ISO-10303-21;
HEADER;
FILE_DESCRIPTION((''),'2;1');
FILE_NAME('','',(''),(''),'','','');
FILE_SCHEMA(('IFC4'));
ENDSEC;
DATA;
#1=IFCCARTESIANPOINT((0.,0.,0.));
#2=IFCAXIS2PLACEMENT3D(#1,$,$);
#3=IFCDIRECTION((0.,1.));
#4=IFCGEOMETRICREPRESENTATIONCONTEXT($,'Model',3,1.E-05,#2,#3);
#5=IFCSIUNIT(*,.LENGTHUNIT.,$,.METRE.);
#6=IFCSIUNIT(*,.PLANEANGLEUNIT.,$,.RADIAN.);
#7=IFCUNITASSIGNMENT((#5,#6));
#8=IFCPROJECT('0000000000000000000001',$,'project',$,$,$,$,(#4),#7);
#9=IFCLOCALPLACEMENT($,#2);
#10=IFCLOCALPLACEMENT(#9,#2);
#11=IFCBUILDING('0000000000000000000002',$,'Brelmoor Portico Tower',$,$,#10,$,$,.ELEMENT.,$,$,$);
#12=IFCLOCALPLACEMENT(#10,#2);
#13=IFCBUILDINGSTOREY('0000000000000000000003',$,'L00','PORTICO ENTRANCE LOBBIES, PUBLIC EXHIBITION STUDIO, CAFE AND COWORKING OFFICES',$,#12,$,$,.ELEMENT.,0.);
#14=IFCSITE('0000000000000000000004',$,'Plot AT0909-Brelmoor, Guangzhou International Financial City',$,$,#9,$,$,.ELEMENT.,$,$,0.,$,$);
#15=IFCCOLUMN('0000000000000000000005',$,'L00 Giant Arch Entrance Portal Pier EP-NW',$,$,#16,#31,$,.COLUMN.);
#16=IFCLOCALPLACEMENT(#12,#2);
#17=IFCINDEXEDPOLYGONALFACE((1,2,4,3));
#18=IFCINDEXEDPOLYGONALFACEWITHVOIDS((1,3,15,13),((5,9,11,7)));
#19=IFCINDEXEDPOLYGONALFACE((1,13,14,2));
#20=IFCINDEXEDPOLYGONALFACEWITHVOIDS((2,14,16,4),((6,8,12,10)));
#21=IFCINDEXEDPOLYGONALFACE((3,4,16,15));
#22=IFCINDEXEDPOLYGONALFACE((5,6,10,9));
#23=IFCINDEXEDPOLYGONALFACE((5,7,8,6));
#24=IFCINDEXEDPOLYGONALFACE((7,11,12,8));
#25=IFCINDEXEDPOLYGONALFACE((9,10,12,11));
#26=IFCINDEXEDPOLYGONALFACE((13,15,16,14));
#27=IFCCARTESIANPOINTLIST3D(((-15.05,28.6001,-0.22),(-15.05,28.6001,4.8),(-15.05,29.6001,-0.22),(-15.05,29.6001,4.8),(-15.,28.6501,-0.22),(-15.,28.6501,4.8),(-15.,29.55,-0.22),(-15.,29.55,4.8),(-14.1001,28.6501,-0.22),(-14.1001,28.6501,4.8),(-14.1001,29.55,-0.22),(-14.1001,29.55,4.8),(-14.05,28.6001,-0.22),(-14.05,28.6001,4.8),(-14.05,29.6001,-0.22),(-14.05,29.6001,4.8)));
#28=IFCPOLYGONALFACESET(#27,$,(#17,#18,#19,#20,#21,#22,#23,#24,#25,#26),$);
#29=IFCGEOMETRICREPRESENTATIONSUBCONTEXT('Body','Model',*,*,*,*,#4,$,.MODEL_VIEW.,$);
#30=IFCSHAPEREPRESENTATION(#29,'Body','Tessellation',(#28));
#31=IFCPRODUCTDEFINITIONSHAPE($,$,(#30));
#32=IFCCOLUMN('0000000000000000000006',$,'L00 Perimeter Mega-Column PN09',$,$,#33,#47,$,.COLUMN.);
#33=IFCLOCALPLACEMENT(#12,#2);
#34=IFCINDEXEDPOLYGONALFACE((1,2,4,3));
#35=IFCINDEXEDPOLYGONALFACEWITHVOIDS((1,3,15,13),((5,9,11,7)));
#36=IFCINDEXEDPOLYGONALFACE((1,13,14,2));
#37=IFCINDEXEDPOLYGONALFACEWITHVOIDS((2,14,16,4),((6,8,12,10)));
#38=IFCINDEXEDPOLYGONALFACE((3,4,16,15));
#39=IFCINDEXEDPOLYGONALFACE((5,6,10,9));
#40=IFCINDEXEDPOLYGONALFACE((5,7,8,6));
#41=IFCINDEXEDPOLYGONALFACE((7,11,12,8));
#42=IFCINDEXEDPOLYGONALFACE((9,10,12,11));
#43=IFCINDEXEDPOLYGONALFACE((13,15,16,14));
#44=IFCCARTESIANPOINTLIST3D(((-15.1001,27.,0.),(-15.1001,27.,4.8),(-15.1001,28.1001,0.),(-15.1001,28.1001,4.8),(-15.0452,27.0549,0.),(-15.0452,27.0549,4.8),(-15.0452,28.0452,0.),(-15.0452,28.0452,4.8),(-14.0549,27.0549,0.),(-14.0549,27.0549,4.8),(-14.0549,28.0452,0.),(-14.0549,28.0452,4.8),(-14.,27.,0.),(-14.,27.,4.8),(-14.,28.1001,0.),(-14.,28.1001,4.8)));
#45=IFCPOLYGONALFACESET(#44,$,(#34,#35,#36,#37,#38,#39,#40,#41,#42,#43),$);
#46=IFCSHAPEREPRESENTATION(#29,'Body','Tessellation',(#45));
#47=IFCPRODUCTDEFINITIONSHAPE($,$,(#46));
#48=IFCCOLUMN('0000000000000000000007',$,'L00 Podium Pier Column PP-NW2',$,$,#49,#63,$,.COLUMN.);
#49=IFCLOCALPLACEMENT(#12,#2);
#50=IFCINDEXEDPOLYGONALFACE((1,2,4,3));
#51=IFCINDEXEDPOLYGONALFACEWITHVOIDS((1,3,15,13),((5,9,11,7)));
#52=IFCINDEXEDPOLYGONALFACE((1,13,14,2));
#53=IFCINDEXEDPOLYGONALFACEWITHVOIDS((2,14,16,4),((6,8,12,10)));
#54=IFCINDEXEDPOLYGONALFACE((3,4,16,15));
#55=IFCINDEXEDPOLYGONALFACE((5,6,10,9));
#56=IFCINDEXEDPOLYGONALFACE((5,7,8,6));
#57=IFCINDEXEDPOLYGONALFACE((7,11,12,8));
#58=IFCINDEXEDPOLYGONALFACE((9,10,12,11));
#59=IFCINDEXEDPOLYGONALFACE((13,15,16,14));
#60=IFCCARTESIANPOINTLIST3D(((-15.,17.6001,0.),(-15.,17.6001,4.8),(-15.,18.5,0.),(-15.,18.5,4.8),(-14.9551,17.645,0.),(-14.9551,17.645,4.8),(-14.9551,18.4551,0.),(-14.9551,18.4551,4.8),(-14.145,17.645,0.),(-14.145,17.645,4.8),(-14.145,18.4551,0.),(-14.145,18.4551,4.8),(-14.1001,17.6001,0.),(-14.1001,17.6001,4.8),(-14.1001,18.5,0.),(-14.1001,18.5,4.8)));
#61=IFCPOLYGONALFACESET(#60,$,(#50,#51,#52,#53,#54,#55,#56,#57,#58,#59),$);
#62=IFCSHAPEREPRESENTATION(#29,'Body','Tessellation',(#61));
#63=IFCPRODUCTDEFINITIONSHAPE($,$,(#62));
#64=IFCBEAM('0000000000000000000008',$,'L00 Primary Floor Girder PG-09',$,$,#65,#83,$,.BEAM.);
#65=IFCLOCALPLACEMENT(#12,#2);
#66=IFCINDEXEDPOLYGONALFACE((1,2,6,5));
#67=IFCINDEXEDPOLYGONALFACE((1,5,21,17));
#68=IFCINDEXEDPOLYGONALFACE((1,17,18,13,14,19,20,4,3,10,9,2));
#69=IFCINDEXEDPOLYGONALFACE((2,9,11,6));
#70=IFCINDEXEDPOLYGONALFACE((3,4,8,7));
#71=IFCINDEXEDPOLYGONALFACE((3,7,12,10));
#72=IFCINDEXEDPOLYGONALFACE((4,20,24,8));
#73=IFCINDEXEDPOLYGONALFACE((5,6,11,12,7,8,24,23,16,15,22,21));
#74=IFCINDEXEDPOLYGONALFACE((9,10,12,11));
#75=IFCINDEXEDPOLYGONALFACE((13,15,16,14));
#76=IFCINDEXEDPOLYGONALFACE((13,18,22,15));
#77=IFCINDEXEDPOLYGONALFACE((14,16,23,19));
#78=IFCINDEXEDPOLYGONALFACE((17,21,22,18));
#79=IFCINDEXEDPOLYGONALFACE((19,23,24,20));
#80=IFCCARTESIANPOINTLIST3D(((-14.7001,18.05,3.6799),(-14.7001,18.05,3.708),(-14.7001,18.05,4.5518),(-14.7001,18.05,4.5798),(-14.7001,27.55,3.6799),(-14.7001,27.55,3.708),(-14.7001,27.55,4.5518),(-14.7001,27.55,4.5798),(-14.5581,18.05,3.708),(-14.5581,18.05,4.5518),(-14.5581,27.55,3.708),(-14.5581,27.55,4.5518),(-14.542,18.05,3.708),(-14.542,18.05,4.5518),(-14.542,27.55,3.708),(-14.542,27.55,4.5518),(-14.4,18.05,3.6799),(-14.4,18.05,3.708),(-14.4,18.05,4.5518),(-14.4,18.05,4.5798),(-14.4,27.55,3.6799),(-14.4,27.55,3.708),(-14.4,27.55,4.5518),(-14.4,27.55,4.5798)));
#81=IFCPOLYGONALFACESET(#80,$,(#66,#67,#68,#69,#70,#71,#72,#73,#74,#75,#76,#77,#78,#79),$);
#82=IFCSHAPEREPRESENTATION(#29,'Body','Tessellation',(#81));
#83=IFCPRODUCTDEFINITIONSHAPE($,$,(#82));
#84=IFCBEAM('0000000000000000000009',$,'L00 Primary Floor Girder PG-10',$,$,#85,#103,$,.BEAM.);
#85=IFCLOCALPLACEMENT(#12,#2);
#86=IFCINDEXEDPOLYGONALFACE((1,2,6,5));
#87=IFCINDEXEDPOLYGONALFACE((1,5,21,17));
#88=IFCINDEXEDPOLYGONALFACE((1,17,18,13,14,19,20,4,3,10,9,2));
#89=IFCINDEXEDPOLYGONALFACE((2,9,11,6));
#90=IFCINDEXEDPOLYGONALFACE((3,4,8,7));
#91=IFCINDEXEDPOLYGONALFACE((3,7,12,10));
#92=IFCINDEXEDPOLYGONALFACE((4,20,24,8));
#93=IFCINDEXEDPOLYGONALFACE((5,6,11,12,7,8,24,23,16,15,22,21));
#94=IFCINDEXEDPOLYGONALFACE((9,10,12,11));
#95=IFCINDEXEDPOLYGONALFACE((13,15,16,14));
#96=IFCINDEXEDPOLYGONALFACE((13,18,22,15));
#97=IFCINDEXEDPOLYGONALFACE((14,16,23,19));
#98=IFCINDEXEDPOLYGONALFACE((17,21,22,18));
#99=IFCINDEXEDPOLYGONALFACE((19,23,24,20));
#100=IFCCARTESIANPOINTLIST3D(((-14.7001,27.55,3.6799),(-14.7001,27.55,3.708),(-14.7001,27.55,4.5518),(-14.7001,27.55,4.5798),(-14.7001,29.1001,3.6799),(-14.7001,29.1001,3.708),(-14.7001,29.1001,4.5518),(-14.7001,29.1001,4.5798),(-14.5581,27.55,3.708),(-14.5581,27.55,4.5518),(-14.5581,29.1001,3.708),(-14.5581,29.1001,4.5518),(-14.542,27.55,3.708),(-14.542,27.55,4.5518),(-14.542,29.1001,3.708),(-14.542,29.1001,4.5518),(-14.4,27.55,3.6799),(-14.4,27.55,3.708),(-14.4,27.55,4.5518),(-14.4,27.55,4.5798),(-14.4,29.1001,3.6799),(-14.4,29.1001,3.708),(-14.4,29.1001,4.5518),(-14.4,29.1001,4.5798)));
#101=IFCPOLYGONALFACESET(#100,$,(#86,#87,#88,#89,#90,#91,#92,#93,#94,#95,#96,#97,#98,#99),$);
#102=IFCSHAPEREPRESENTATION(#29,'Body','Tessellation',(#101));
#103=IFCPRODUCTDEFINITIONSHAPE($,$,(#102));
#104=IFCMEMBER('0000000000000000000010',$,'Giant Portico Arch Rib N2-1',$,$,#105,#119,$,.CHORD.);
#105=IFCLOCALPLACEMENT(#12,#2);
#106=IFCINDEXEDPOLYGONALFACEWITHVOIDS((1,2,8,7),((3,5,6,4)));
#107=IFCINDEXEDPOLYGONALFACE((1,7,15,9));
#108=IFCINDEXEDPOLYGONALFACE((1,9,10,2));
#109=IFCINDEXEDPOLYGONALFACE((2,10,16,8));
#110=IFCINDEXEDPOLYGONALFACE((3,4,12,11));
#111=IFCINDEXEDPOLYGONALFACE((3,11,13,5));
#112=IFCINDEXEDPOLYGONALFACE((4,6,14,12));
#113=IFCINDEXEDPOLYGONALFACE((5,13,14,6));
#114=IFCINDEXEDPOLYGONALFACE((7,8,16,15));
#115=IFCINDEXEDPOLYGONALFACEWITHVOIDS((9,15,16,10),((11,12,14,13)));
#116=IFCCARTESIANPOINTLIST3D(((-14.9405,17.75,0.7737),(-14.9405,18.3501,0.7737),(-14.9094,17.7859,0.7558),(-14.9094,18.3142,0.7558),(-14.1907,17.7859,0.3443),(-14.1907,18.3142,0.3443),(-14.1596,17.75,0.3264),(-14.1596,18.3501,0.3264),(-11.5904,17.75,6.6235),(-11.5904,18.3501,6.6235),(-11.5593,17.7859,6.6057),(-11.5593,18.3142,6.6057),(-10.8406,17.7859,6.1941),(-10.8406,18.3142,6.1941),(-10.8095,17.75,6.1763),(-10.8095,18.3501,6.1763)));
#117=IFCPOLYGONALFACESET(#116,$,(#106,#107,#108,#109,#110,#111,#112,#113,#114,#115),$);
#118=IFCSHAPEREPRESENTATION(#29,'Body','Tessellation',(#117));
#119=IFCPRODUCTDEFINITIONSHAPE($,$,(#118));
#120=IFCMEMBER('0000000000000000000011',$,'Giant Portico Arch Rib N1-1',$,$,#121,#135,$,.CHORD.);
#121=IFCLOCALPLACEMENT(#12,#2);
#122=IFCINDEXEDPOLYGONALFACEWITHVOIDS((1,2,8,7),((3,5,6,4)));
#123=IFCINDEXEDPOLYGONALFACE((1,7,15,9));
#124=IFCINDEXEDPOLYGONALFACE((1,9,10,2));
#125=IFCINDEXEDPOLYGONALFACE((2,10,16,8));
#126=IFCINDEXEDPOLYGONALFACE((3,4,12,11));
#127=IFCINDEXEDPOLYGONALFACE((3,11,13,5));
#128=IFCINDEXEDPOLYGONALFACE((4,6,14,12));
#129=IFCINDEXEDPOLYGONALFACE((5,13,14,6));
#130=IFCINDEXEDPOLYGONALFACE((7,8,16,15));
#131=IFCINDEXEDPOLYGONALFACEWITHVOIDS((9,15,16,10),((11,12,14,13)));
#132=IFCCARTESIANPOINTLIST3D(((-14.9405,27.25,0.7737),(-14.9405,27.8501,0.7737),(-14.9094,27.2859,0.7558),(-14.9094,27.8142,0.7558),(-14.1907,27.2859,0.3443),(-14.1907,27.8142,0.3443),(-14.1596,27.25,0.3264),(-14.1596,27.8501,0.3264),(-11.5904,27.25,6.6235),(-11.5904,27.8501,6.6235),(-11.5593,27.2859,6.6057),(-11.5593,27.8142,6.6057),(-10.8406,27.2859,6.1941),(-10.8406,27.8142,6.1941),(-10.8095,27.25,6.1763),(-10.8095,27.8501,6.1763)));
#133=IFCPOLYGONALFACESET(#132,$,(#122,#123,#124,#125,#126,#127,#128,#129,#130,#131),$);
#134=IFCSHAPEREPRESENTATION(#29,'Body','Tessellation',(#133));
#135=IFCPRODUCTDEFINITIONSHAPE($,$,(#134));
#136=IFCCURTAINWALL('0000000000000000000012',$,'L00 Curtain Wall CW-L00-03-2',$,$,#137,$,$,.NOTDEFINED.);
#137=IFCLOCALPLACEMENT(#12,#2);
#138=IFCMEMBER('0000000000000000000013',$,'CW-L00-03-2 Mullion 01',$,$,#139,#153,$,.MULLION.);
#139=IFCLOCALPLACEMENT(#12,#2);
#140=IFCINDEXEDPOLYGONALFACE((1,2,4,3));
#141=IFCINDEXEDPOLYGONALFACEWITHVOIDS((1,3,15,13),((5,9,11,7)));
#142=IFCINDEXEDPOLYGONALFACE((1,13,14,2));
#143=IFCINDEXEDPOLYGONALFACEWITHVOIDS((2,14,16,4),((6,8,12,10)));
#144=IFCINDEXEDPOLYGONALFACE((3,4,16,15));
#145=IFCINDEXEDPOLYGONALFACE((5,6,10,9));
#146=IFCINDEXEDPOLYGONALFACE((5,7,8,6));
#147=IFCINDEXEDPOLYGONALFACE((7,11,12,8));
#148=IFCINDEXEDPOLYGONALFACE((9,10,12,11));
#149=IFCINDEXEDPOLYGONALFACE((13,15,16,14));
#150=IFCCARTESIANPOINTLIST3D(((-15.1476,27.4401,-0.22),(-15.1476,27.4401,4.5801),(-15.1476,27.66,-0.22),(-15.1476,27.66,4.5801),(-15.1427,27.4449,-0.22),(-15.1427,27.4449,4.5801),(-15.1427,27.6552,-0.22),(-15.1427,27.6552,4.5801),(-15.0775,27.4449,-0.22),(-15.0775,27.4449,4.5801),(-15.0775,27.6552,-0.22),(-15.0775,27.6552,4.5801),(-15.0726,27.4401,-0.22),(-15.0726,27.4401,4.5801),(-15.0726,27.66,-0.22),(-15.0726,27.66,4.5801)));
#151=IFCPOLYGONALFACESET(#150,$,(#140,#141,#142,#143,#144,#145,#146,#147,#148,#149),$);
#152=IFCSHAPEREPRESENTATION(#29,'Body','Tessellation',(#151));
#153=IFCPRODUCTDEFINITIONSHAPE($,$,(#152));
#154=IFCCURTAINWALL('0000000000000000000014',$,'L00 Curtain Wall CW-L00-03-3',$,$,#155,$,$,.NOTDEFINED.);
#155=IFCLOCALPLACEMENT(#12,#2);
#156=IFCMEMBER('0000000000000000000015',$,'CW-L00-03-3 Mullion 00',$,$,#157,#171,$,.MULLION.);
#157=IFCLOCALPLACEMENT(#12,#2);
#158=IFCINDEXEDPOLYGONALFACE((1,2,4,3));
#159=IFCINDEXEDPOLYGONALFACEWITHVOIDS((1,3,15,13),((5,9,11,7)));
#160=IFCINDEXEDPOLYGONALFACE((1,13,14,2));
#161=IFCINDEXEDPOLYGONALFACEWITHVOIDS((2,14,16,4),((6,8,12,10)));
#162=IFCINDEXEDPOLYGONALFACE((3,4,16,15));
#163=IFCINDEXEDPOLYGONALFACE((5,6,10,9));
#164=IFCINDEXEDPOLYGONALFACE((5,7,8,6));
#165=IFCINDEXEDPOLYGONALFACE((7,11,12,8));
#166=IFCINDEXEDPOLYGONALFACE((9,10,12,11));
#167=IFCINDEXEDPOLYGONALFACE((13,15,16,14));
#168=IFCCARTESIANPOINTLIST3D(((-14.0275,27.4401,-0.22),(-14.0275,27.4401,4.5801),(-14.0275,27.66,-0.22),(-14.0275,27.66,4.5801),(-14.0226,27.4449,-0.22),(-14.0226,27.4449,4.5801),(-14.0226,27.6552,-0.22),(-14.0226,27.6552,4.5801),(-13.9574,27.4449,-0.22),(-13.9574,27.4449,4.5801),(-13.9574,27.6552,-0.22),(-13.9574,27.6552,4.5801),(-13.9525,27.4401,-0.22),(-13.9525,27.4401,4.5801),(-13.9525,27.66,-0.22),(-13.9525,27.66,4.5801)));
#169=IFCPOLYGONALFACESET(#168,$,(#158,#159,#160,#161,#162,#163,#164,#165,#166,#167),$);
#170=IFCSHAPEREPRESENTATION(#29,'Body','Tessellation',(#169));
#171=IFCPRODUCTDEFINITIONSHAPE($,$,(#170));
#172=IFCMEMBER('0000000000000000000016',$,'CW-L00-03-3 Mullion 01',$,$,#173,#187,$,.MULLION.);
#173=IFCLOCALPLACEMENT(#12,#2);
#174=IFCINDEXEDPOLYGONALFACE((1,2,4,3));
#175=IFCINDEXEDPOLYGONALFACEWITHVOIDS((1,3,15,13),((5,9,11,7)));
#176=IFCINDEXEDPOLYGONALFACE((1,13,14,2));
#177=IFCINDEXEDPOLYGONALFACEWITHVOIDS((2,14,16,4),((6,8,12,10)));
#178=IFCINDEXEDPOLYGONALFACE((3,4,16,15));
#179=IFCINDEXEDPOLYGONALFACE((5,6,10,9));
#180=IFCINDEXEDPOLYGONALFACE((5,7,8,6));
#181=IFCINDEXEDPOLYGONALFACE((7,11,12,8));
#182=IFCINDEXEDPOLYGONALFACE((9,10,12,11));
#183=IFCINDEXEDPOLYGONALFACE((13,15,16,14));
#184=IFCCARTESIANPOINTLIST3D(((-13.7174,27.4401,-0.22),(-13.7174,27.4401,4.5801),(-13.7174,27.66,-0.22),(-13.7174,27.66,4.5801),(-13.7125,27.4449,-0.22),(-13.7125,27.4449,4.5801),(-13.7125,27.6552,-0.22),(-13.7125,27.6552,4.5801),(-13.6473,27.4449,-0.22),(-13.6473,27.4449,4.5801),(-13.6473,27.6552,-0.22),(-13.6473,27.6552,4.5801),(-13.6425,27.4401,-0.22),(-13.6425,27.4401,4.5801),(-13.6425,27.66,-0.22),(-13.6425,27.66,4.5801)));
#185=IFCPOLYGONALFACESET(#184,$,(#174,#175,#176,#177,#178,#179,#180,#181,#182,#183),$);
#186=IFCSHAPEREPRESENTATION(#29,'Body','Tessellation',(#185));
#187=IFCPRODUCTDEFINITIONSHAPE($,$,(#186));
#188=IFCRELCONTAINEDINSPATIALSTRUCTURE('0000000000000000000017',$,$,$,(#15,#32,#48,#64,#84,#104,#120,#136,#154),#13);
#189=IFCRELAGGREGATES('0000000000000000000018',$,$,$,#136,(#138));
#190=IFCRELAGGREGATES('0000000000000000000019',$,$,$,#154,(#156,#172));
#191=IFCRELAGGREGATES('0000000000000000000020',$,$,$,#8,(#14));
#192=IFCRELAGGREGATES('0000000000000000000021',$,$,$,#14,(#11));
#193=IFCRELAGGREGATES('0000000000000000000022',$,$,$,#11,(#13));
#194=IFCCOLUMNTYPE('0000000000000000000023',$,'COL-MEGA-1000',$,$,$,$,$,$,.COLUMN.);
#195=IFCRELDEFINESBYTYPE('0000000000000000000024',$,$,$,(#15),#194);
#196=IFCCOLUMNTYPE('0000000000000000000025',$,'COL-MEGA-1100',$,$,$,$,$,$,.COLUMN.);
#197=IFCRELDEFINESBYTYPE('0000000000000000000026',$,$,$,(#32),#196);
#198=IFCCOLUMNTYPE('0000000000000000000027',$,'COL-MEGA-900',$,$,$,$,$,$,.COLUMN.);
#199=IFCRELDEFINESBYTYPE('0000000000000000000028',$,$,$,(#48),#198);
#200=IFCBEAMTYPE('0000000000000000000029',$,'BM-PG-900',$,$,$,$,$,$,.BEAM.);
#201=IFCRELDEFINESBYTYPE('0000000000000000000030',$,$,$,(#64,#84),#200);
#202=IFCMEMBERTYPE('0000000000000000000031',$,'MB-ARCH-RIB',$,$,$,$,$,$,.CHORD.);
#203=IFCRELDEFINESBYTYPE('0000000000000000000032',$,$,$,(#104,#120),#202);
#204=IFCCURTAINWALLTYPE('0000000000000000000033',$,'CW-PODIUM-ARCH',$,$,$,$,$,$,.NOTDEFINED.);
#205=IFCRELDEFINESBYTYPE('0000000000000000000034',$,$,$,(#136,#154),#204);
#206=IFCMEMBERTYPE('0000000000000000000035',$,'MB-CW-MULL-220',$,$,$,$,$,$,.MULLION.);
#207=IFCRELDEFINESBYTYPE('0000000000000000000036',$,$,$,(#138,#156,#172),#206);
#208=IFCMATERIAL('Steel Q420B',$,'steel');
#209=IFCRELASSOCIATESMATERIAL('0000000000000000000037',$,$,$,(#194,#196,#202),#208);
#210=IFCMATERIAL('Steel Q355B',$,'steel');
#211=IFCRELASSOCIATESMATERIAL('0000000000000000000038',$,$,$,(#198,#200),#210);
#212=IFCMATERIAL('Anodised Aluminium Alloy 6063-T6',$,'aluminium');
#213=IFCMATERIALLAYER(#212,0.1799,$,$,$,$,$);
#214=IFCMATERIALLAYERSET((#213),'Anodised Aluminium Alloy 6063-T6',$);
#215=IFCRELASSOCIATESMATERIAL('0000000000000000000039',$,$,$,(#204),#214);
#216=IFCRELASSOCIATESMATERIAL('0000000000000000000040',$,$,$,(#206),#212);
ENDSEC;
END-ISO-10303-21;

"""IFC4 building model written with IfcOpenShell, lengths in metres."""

from ifc_helpers import new_model, si_unit, direction, frame, origin, origin_2d, place, context, subcontext, project, spatial, hollow_rectangle, i_section, extrude, material, layer, layer_set, material_profile, profile_set, type_object, element, aggregate, save


model = new_model("IFC4")

# Units and contexts
model_context = context("Model", 3, precision=1e-05, world=origin(), true_north=direction((0.0, 1.0)))
body_context = subcontext(model_context, "Body", "Model", "MODEL_VIEW")
ifc_project = project(units=[si_unit("LENGTHUNIT", "METRE"), si_unit("PLANEANGLEUNIT", "RADIAN")], contexts=[model_context])

# Site, building, storey
site_placement = place(None, origin())
site = spatial("IfcSite", under=ifc_project, at=site_placement, Name="Plot AT0909-Brelmoor, Guangzhou International Financial City", CompositionType="ELEMENT", RefElevation=0.0)
building_placement = place(site_placement, origin())
building = spatial("IfcBuilding", under=site, at=building_placement, Name="Brelmoor Portico Tower", CompositionType="ELEMENT")
storey_placement = place(building_placement, origin())
storey = spatial("IfcBuildingStorey", under=building, at=storey_placement, Name="L00", Description="PORTICO ENTRANCE LOBBIES, PUBLIC EXHIBITION STUDIO, CAFE AND COWORKING OFFICES", CompositionType="ELEMENT", Elevation=0.0)

# Columns
ifc_material_1 = material(Name="Steel Q420B", Category="steel")
ifc_material_profile_1 = material_profile(ifc_material_1, hollow_rectangle(XDim=1.0, YDim=1.0, WallThickness=0.05, at=origin_2d()), Name="BOX 1000x1000x50")
ifc_profile_set_1 = profile_set([ifc_material_profile_1], Name="Steel Q420B")
column_type_1 = type_object("IfcColumnType", Name="COL-MEGA-1000", PredefinedType="COLUMN", material=ifc_profile_set_1)
column_1_placement = place(storey_placement, frame((-14.55, 29.1001, -0.22), z_axis=(0.0, 0.0, 1.0), x_axis=(1.0, 0.0, 0.0)))
element("IfcColumn", 1, at=column_1_placement, inside=storey, type_object=column_type_1, Name="L00 Giant Arch Entrance Portal Pier EP-NW", PredefinedType="COLUMN", context=body_context, shape_type="SweptSolid", body=[
    extrude(hollow_rectangle(XDim=1.0, YDim=1.0, WallThickness=0.05, at=origin_2d()), origin(), (0.0, 0.0, 1.0), 5.02),
])
ifc_material_profile_2 = material_profile(ifc_material_1, hollow_rectangle(XDim=1.1001, YDim=1.1001, WallThickness=0.0549, at=origin_2d()), Name="BOX 1100x1100x55")
ifc_profile_set_2 = profile_set([ifc_material_profile_2], Name="Steel Q420B")
column_type_2 = type_object("IfcColumnType", Name="COL-MEGA-1100", PredefinedType="COLUMN", material=ifc_profile_set_2)
column_2_placement = place(storey_placement, frame((-14.55, 27.55, 0.0), z_axis=(0.0, 0.0, 1.0), x_axis=(1.0, 0.0, 0.0)))
element("IfcColumn", 2, at=column_2_placement, inside=storey, type_object=column_type_2, Name="L00 Perimeter Mega-Column PN09", PredefinedType="COLUMN", context=body_context, shape_type="SweptSolid", body=[
    extrude(hollow_rectangle(XDim=1.1001, YDim=1.1001, WallThickness=0.0549, at=origin_2d()), origin(), (0.0, 0.0, 1.0), 4.8),
])
ifc_material_2 = material(Name="Steel Q355B", Category="steel")
ifc_material_profile_3 = material_profile(ifc_material_2, hollow_rectangle(XDim=0.8999, YDim=0.8999, WallThickness=0.0449, at=origin_2d()), Name="BOX 900x900x45")
ifc_profile_set_3 = profile_set([ifc_material_profile_3], Name="Steel Q355B")
column_type_3 = type_object("IfcColumnType", Name="COL-MEGA-900", PredefinedType="COLUMN", material=ifc_profile_set_3)
column_3_placement = place(storey_placement, frame((-14.55, 18.05, 0.0), z_axis=(0.0, 0.0, 1.0), x_axis=(1.0, 0.0, 0.0)))
element("IfcColumn", 3, at=column_3_placement, inside=storey, type_object=column_type_3, Name="L00 Podium Pier Column PP-NW2", PredefinedType="COLUMN", context=body_context, shape_type="SweptSolid", body=[
    extrude(hollow_rectangle(XDim=0.8999, YDim=0.8999, WallThickness=0.0449, at=origin_2d()), origin(), (0.0, 0.0, 1.0), 4.8),
])

# Beams
ifc_material_profile_4 = material_profile(ifc_material_2, i_section(OverallWidth=0.3, OverallDepth=0.8999, WebThickness=0.0161, FlangeThickness=0.0281, at=origin_2d()), Name="HN 900x300x16x28")
ifc_profile_set_4 = profile_set([ifc_material_profile_4], Name="Steel Q355B")
beam_type = type_object("IfcBeamType", Name="BM-PG-900", PredefinedType="BEAM", material=ifc_profile_set_4)
beam_1_placement = place(storey_placement, frame((-14.55, 18.05, 4.1299), z_axis=(0.0, 1.0, 0.0), x_axis=(-1.0, 0.0, 0.0)))
element("IfcBeam", 4, at=beam_1_placement, inside=storey, type_object=beam_type, Name="L00 Primary Floor Girder PG-09", PredefinedType="BEAM", context=body_context, shape_type="SweptSolid", body=[
    extrude(i_section(OverallWidth=0.3, OverallDepth=0.8999, WebThickness=0.0161, FlangeThickness=0.0281, at=origin_2d()), origin(), (0.0, 0.0, 1.0), 9.5),
])
beam_2_placement = place(storey_placement, frame((-14.55, 27.55, 4.1299), z_axis=(0.0, 1.0, 0.0), x_axis=(-1.0, 0.0, 0.0)))
element("IfcBeam", 5, at=beam_2_placement, inside=storey, type_object=beam_type, Name="L00 Primary Floor Girder PG-10", PredefinedType="BEAM", context=body_context, shape_type="SweptSolid", body=[
    extrude(i_section(OverallWidth=0.3, OverallDepth=0.8999, WebThickness=0.0161, FlangeThickness=0.0281, at=origin_2d()), origin(), (0.0, 0.0, 1.0), 1.55),
])

# Members
ifc_material_profile_5 = material_profile(ifc_material_1, hollow_rectangle(XDim=0.6001, YDim=0.8999, WallThickness=0.0359, at=origin_2d()), Name="RHS 600x900x36")
ifc_profile_set_5 = profile_set([ifc_material_profile_5], Name="Steel Q420B")
member_type_1 = type_object("IfcMemberType", Name="MB-ARCH-RIB", PredefinedType="CHORD", material=ifc_profile_set_5)
for number, where, z_axis, x_axis, name in (
    (6, (-14.55, 18.05, 0.55), (0.496958, 0.0, 0.867775), (0.0, 1.0, 0.0), "Giant Portico Arch Rib N2-1"),
    (7, (-14.55, 27.55, 0.55), (0.496958, 0.0, 0.867775), (0.0, 1.0, 0.0), "Giant Portico Arch Rib N1-1"),
):
    element("IfcMember", number, at=place(storey_placement, frame(where, z_axis=z_axis, x_axis=x_axis)), inside=storey, type_object=member_type_1, Name=name, PredefinedType="CHORD", context=body_context, shape_type="SweptSolid", body=[
        extrude(hollow_rectangle(XDim=0.6001, YDim=0.8999, WallThickness=0.0359, at=origin_2d()), origin(), (0.0, 0.0, 1.0), 6.7412),
    ])

# Curtain wall, member
ifc_material_3 = material(Name="Anodised Aluminium Alloy 6063-T6", Category="aluminium")
ifc_layer_1 = layer(ifc_material_3, 0.1799)
ifc_layer_set_1 = layer_set([ifc_layer_1], Name="Anodised Aluminium Alloy 6063-T6")
curtain_wall_type = type_object("IfcCurtainWallType", Name="CW-PODIUM-ARCH", PredefinedType="NOTDEFINED", material=ifc_layer_set_1)
curtain_wall_1_placement = place(storey_placement, origin())
curtain_wall_1 = element("IfcCurtainWall", 8, at=curtain_wall_1_placement, inside=storey, type_object=curtain_wall_type, Name="L00 Curtain Wall CW-L00-03-2", PredefinedType="NOTDEFINED")
ifc_material_profile_6 = material_profile(ifc_material_3, hollow_rectangle(XDim=0.075, YDim=0.22, WallThickness=0.0049, at=origin_2d()), Name="ALU MULLION 75x220")
ifc_profile_set_6 = profile_set([ifc_material_profile_6], Name="Anodised Aluminium Alloy 6063-T6")
member_type_2 = type_object("IfcMemberType", Name="MB-CW-MULL-220", PredefinedType="MULLION", material=ifc_profile_set_6)
member_1_placement = place(storey_placement, frame((-15.1101, 27.55, -0.22), z_axis=(0.0, 0.0, 1.0), x_axis=(1.0, 0.0, 0.0)))
member_1 = element("IfcMember", 9, at=member_1_placement, type_object=member_type_2, Name="CW-L00-03-2 Mullion 01", PredefinedType="MULLION", context=body_context, shape_type="SweptSolid", body=[
    extrude(hollow_rectangle(XDim=0.075, YDim=0.22, WallThickness=0.0049, at=origin_2d()), origin(), (0.0, 0.0, 1.0), 4.8),
])
aggregate(curtain_wall_1, [member_1])

# Curtain wall, members
curtain_wall_2_placement = place(storey_placement, origin())
curtain_wall_2 = element("IfcCurtainWall", 10, at=curtain_wall_2_placement, inside=storey, type_object=curtain_wall_type, Name="L00 Curtain Wall CW-L00-03-3", PredefinedType="NOTDEFINED")
member_2_placement = place(storey_placement, frame((-13.99, 27.55, -0.22), z_axis=(0.0, 0.0, 1.0), x_axis=(1.0, 0.0, 0.0)))
member_2 = element("IfcMember", 11, at=member_2_placement, type_object=member_type_2, Name="CW-L00-03-3 Mullion 00", PredefinedType="MULLION", context=body_context, shape_type="SweptSolid", body=[
    extrude(hollow_rectangle(XDim=0.075, YDim=0.22, WallThickness=0.0049, at=origin_2d()), origin(), (0.0, 0.0, 1.0), 4.8),
])
member_3_placement = place(storey_placement, frame((-13.6799, 27.55, -0.22), z_axis=(0.0, 0.0, 1.0), x_axis=(1.0, 0.0, 0.0)))
member_3 = element("IfcMember", 12, at=member_3_placement, type_object=member_type_2, Name="CW-L00-03-3 Mullion 01", PredefinedType="MULLION", context=body_context, shape_type="SweptSolid", body=[
    extrude(hollow_rectangle(XDim=0.075, YDim=0.22, WallThickness=0.0049, at=origin_2d()), origin(), (0.0, 0.0, 1.0), 4.8),
])

aggregate(curtain_wall_2, [member_2, member_3])

save(model, "model.ifc")
